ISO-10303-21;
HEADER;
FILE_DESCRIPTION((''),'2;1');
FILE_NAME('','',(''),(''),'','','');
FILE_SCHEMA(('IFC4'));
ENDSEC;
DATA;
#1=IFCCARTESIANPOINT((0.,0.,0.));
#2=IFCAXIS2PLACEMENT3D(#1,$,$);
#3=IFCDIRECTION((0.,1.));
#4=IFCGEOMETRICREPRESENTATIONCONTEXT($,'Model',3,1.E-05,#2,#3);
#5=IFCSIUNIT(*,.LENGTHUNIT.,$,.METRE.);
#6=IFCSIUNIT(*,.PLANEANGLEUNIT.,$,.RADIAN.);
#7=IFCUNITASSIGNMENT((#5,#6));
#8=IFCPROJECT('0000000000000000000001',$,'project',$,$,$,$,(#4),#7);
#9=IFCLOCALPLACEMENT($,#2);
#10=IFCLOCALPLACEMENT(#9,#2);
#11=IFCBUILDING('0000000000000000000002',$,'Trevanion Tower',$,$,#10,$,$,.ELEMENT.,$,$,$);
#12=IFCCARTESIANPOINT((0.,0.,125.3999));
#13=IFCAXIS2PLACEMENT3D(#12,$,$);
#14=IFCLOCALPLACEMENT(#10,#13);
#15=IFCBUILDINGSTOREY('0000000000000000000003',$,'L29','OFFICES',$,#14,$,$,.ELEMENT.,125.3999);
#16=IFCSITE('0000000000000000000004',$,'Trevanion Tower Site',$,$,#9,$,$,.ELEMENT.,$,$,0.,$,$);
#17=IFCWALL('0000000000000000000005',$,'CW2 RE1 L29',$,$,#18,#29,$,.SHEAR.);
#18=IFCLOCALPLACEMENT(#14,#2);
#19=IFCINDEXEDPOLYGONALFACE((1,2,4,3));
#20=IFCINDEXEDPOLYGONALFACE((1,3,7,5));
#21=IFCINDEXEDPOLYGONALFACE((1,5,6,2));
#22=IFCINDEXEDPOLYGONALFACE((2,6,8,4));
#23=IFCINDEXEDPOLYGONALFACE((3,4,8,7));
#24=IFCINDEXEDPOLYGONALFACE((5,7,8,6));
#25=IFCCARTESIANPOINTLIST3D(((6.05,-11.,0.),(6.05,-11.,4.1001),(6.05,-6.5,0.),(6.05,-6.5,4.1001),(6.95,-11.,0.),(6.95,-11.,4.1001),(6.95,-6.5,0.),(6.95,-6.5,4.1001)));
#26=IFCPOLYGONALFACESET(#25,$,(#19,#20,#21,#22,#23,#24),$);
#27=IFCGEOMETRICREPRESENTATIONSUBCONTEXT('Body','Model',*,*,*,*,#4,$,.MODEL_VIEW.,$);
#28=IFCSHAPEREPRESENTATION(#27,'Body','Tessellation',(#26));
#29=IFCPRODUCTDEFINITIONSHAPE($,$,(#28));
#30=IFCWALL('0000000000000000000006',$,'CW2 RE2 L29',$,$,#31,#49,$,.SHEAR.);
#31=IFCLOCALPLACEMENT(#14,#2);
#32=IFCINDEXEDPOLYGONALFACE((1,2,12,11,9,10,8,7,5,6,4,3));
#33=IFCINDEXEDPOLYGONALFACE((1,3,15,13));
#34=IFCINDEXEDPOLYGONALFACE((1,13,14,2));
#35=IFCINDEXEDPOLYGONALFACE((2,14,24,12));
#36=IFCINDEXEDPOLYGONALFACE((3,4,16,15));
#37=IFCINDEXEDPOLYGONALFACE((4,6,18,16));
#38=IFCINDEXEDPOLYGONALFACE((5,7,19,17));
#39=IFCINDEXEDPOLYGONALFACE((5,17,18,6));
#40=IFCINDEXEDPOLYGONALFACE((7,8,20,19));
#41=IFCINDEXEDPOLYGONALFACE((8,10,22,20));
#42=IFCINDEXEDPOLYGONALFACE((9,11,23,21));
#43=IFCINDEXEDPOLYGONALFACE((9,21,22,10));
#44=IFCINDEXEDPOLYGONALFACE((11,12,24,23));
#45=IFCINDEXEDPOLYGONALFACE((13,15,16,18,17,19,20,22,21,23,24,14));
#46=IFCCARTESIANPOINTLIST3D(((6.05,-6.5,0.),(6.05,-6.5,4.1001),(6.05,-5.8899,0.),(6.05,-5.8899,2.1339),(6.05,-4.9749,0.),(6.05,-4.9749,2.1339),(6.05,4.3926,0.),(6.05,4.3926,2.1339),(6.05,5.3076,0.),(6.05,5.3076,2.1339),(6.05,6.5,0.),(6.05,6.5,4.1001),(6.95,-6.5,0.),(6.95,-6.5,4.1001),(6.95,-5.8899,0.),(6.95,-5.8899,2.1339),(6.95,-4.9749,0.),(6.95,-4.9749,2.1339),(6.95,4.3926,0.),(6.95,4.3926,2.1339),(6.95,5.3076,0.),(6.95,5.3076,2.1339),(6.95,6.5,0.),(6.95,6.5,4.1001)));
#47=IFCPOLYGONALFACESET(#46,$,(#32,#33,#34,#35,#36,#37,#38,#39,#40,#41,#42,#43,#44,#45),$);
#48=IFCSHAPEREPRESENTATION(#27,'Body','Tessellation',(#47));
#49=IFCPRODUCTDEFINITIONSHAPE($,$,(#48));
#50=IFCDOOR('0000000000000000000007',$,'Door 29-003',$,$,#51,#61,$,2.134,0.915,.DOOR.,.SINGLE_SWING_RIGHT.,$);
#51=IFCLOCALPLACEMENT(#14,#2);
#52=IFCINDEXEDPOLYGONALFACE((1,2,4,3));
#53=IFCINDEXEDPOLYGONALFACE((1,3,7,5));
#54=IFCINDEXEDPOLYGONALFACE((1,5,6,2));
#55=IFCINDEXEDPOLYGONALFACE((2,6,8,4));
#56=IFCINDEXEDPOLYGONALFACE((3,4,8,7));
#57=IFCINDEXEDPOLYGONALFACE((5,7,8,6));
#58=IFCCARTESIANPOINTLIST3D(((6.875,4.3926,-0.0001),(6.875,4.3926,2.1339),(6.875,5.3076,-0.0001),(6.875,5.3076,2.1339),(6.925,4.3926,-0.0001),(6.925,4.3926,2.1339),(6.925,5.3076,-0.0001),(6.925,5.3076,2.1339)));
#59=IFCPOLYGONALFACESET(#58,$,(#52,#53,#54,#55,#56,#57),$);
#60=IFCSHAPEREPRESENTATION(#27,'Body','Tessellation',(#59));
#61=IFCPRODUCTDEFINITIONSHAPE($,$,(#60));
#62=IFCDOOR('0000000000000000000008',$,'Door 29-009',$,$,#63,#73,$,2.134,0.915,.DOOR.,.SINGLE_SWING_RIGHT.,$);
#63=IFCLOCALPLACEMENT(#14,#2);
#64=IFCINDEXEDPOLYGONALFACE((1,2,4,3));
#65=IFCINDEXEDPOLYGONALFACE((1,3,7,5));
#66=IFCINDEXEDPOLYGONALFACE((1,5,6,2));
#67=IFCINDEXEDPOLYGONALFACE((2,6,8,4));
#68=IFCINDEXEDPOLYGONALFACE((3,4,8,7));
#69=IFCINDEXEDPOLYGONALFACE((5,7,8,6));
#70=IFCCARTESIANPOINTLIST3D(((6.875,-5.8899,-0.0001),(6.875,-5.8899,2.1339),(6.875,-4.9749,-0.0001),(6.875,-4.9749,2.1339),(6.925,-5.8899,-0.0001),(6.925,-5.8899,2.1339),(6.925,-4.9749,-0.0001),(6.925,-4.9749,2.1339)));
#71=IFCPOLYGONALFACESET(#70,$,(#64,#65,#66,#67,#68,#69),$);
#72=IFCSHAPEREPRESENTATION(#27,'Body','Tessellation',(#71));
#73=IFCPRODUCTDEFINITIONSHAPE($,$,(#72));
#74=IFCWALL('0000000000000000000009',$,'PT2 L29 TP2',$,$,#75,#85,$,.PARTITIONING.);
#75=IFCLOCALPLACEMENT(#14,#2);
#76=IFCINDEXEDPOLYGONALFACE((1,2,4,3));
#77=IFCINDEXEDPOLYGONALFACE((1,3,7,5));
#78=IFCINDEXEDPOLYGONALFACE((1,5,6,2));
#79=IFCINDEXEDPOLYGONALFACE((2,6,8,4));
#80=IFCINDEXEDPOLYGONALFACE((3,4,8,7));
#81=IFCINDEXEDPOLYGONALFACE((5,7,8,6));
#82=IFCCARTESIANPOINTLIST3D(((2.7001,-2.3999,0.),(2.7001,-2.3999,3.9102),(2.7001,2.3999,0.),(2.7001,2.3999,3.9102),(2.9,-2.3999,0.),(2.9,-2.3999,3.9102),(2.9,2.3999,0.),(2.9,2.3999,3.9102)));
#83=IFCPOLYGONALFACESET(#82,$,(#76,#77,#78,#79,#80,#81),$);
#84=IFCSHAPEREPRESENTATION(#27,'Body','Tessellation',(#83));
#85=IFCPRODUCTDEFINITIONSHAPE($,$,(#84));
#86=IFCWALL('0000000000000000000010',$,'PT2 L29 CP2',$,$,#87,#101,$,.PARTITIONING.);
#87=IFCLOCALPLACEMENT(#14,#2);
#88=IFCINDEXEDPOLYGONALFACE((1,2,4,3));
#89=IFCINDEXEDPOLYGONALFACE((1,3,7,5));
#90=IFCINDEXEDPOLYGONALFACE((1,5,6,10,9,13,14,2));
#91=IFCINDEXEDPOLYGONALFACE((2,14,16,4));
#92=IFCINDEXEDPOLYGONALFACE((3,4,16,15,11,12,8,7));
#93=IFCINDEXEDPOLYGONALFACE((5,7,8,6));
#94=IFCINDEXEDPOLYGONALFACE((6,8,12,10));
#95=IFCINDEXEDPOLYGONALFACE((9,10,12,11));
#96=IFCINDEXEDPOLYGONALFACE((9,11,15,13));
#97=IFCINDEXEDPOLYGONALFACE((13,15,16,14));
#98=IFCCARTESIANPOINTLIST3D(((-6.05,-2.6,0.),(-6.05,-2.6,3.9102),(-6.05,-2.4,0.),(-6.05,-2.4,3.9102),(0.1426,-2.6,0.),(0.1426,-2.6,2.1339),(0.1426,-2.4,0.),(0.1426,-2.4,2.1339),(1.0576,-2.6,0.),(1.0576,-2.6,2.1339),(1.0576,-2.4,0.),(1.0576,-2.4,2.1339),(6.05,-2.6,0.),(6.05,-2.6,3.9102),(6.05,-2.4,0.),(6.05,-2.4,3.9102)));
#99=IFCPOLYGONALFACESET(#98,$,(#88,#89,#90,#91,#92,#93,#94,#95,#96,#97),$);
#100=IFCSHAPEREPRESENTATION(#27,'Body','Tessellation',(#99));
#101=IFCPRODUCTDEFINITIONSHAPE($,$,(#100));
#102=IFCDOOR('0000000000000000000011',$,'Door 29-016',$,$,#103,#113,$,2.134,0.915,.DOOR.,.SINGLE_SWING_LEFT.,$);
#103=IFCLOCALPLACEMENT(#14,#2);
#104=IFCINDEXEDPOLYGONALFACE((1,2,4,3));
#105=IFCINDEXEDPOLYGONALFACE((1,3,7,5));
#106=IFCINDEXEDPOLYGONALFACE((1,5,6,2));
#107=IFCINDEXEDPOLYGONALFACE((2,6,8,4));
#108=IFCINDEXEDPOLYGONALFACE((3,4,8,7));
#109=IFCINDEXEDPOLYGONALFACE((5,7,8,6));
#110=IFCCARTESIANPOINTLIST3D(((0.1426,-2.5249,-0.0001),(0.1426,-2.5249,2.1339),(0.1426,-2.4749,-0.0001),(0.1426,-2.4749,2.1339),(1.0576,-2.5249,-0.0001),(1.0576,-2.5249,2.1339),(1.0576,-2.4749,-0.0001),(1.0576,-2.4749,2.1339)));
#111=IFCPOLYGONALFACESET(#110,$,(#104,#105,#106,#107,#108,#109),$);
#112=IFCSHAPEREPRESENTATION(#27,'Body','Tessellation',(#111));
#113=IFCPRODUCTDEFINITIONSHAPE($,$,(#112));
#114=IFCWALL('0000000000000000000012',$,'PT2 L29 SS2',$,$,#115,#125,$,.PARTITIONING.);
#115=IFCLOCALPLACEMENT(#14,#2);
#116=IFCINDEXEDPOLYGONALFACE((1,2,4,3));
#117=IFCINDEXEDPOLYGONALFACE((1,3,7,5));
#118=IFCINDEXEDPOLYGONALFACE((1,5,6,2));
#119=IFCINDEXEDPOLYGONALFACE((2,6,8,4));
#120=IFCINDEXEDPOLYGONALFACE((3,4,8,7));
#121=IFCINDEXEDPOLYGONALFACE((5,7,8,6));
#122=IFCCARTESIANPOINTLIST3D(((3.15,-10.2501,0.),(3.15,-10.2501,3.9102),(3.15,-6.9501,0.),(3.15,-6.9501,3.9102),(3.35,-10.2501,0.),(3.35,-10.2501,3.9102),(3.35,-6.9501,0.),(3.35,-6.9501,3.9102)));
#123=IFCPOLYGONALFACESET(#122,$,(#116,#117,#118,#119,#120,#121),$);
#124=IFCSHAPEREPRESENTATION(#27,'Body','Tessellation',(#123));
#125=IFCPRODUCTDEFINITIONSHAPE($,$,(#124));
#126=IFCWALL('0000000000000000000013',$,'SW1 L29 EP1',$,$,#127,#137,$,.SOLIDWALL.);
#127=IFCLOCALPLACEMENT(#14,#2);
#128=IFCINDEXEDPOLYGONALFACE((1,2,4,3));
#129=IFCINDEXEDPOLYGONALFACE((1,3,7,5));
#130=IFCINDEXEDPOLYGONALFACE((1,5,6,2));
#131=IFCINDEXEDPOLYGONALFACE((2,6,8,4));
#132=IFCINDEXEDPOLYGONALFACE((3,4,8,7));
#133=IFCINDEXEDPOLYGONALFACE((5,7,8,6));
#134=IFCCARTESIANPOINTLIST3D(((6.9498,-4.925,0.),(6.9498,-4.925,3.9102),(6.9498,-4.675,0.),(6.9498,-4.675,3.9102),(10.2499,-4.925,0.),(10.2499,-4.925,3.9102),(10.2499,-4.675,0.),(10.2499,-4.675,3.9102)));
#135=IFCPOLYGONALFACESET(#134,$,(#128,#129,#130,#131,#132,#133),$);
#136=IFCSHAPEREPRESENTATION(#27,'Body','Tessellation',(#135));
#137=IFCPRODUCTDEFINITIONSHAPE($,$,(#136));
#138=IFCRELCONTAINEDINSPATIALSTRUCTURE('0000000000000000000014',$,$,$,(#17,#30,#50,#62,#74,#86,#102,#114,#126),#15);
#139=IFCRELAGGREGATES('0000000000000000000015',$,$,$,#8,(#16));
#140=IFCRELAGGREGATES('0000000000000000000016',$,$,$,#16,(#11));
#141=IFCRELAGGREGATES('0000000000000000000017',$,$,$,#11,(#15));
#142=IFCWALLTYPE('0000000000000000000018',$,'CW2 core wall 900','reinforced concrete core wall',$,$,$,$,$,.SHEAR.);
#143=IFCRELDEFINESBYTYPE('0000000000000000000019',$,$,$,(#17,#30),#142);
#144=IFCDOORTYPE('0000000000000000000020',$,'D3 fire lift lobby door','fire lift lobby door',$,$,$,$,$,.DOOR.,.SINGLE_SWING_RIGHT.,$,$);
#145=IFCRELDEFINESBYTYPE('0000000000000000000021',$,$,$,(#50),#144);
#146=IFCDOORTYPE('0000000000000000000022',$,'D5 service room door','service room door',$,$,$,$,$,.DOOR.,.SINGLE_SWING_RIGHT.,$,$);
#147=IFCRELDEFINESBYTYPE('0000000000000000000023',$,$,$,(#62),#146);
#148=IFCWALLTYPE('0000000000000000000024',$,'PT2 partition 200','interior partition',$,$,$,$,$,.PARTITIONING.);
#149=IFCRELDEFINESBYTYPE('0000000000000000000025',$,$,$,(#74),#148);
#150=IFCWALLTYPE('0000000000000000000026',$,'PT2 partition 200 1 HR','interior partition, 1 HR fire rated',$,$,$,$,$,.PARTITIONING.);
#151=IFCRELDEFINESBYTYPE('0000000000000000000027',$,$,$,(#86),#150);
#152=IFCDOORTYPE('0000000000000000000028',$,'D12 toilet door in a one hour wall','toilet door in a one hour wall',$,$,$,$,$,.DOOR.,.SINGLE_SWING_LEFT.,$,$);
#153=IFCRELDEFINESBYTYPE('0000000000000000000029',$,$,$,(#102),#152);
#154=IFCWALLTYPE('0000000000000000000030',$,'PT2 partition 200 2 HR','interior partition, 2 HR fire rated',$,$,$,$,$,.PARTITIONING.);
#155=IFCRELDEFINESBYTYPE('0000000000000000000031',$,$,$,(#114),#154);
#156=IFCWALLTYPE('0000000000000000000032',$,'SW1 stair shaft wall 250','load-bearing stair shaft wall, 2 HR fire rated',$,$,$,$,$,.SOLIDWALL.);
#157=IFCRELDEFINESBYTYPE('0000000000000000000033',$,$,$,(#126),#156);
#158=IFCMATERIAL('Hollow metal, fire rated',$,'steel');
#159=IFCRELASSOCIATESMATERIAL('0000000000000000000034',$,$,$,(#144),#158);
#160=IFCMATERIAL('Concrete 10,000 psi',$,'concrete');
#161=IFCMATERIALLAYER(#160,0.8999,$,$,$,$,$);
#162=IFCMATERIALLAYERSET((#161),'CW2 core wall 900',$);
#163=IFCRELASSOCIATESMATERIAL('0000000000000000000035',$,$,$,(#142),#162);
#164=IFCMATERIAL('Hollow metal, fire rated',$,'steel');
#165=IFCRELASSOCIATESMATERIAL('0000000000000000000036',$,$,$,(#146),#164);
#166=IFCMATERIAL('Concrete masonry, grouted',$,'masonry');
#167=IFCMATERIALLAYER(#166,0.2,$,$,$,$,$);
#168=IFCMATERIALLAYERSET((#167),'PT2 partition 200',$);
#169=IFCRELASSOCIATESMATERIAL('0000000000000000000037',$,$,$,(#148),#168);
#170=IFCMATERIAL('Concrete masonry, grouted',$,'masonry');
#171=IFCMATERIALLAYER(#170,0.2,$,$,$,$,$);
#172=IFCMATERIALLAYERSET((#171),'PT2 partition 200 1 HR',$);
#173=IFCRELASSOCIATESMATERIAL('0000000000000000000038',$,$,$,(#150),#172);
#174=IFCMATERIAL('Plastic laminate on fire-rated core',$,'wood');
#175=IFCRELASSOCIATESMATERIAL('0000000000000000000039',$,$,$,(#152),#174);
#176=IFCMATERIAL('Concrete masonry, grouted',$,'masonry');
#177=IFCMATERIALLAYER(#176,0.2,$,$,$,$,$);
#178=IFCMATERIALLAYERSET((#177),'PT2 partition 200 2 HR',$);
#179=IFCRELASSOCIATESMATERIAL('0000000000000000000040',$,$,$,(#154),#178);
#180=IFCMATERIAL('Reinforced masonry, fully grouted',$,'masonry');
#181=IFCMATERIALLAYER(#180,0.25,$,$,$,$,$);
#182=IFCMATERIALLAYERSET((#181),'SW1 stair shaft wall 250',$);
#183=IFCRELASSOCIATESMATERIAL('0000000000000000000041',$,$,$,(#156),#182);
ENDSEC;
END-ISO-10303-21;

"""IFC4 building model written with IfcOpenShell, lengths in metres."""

from ifc_helpers import new_model, si_unit, direction, frame, frame_2d, origin, place, context, subcontext, project, spatial, rectangle, extrude, material, layer, layer_set, type_object, element, fill, save


model = new_model("IFC4")

# Units and contexts
model_context = context("Model", 3, precision=1e-05, world=origin(), true_north=direction((0.0, 1.0)))
body_context = subcontext(model_context, "Body", "Model", "MODEL_VIEW")
ifc_project = project(units=[si_unit("LENGTHUNIT", "METRE"), si_unit("PLANEANGLEUNIT", "RADIAN")], contexts=[model_context])

# Site, building, storey
site_placement = place(None, origin())
site = spatial("IfcSite", under=ifc_project, at=site_placement, Name="Trevanion Tower Site", CompositionType="ELEMENT", RefElevation=0.0)
building_placement = place(site_placement, origin())
building = spatial("IfcBuilding", under=site, at=building_placement, Name="Trevanion Tower", CompositionType="ELEMENT")
storey_placement = place(building_placement, frame((0.0, 0.0, 125.3999)))
storey = spatial("IfcBuildingStorey", under=building, at=storey_placement, Name="L29", Description="OFFICES", CompositionType="ELEMENT", Elevation=125.3999)

# Shared definitions
ifc_material_1 = material(Name="Hollow metal, fire rated", Category="steel")
door_type_1 = type_object("IfcDoorType", Name="D3 fire lift lobby door", Description="fire lift lobby door", OperationType="SINGLE_SWING_RIGHT", PredefinedType="DOOR", material=ifc_material_1)

# Wall
ifc_material_2 = material(Name="Concrete 10,000 psi", Category="concrete")
ifc_layer_1 = layer(ifc_material_2, 0.8999)
ifc_layer_set_1 = layer_set([ifc_layer_1], Name="CW2 core wall 900")
wall_type_1 = type_object("IfcWallType", Name="CW2 core wall 900", Description="reinforced concrete core wall", PredefinedType="SHEAR", material=ifc_layer_set_1)
wall_1_placement = place(storey_placement, frame((6.5, -11.0, 0.0), z_axis=(0.0, 0.0, 1.0), x_axis=(0.0, 1.0, 0.0)))
element("IfcWall", 1, at=wall_1_placement, inside=storey, type_object=wall_type_1, Name="CW2 RE1 L29", PredefinedType="SHEAR", context=body_context, shape_type="SweptSolid", body=[
    extrude(rectangle(XDim=4.5, YDim=0.8999, at=frame_2d((2.25, 0.0))), origin(), (0.0, 0.0, 1.0), 4.1001),
])

# Wall, openings, doors
wall_2_placement = place(storey_placement, frame((6.5, -6.5, 0.0), z_axis=(0.0, 0.0, 1.0), x_axis=(0.0, 1.0, 0.0)))
wall_2 = element("IfcWall", 2, at=wall_2_placement, inside=storey, type_object=wall_type_1, Name="CW2 RE2 L29", PredefinedType="SHEAR", context=body_context, shape_type="SweptSolid", body=[
    extrude(rectangle(XDim=13.0, YDim=0.8999, at=frame_2d((6.5, 0.0))), origin(), (0.0, 0.0, 1.0), 4.1001),
])
opening_1_placement = place(wall_2_placement, frame((10.8926, 0.0, 0.0)))
opening_1 = element("IfcOpeningElement", 3, at=opening_1_placement, cuts=wall_2, PredefinedType="OPENING", context=body_context, shape_type="SweptSolid", body=[
    extrude(rectangle(XDim=0.915, YDim=2.134, at=frame_2d((0.4575, 1.0669))), frame((0.0, 0.46, 0.0), z_axis=(0.0, -1.0, 0.0), x_axis=(1.0, 0.0, 0.0)), (0.0, 0.0, 1.0), 0.9199),
])
opening_2_placement = place(wall_2_placement, frame((0.6101, 0.0, 0.0)))
opening_2 = element("IfcOpeningElement", 4, at=opening_2_placement, cuts=wall_2, PredefinedType="OPENING", context=body_context, shape_type="SweptSolid", body=[
    extrude(rectangle(XDim=0.915, YDim=2.134, at=frame_2d((0.4575, 1.0669))), frame((0.0, 0.46, 0.0), z_axis=(0.0, -1.0, 0.0), x_axis=(1.0, 0.0, 0.0)), (0.0, 0.0, 1.0), 0.9199),
])
door_1_placement = place(opening_1_placement, origin())
door_1 = element("IfcDoor", 5, at=door_1_placement, inside=storey, type_object=door_type_1, Name="Door 29-003", OperationType="SINGLE_SWING_RIGHT", OverallHeight=2.134, OverallWidth=0.915, PredefinedType="DOOR", context=body_context, shape_type="SweptSolid", body=[
    extrude(rectangle(XDim=0.915, YDim=2.134, at=frame_2d((0.4575, 1.0669))), frame((0.0, -0.375, 0.0), z_axis=(0.0, -1.0, 0.0), x_axis=(1.0, 0.0, 0.0)), (0.0, 0.0, 1.0), 0.05),
])
fill(opening_1, door_1)
ifc_material_3 = material(Name="Hollow metal, fire rated", Category="steel")
door_type_2 = type_object("IfcDoorType", Name="D5 service room door", Description="service room door", OperationType="SINGLE_SWING_RIGHT", PredefinedType="DOOR", material=ifc_material_3)
door_2_placement = place(opening_2_placement, origin())
door_2 = element("IfcDoor", 6, at=door_2_placement, inside=storey, type_object=door_type_2, Name="Door 29-009", OperationType="SINGLE_SWING_RIGHT", OverallHeight=2.134, OverallWidth=0.915, PredefinedType="DOOR", context=body_context, shape_type="SweptSolid", body=[
    extrude(rectangle(XDim=0.915, YDim=2.134, at=frame_2d((0.4575, 1.0669))), frame((0.0, -0.375, 0.0), z_axis=(0.0, -1.0, 0.0), x_axis=(1.0, 0.0, 0.0)), (0.0, 0.0, 1.0), 0.05),
])
fill(opening_2, door_2)

# Wall
ifc_material_4 = material(Name="Concrete masonry, grouted", Category="masonry")
ifc_layer_2 = layer(ifc_material_4, 0.2)
ifc_layer_set_2 = layer_set([ifc_layer_2], Name="PT2 partition 200")
wall_type_2 = type_object("IfcWallType", Name="PT2 partition 200", Description="interior partition", PredefinedType="PARTITIONING", material=ifc_layer_set_2)
wall_3_placement = place(storey_placement, frame((2.8, -2.3999, 0.0), z_axis=(0.0, 0.0, 1.0), x_axis=(0.0, 1.0, 0.0)))
element("IfcWall", 7, at=wall_3_placement, inside=storey, type_object=wall_type_2, Name="PT2 L29 TP2", PredefinedType="PARTITIONING", context=body_context, shape_type="SweptSolid", body=[
    extrude(rectangle(XDim=4.7998, YDim=0.2, at=frame_2d((2.3999, 0.0))), origin(), (0.0, 0.0, 1.0), 3.9102),
])

# Wall, opening, door
ifc_material_5 = material(Name="Concrete masonry, grouted", Category="masonry")
ifc_layer_3 = layer(ifc_material_5, 0.2)
ifc_layer_set_3 = layer_set([ifc_layer_3], Name="PT2 partition 200 1 HR")
wall_type_3 = type_object("IfcWallType", Name="PT2 partition 200 1 HR", Description="interior partition, 1 HR fire rated", PredefinedType="PARTITIONING", material=ifc_layer_set_3)
wall_4_placement = place(storey_placement, frame((6.05, -2.5, 0.0), z_axis=(0.0, 0.0, 1.0), x_axis=(-1.0, 0.0, 0.0)))
wall_4 = element("IfcWall", 8, at=wall_4_placement, inside=storey, type_object=wall_type_3, Name="PT2 L29 CP2", PredefinedType="PARTITIONING", context=body_context, shape_type="SweptSolid", body=[
    extrude(rectangle(XDim=12.1001, YDim=0.2, at=frame_2d((6.05, 0.0))), origin(), (0.0, 0.0, 1.0), 3.9102),
])
opening_3_placement = place(wall_4_placement, frame((4.9924, 0.0, 0.0)))
opening_3 = element("IfcOpeningElement", 9, at=opening_3_placement, cuts=wall_4, PredefinedType="OPENING", context=body_context, shape_type="SweptSolid", body=[
    extrude(rectangle(XDim=0.915, YDim=2.134, at=frame_2d((0.4575, 1.0669))), frame((0.0, 0.1099, 0.0), z_axis=(0.0, -1.0, 0.0), x_axis=(1.0, 0.0, 0.0)), (0.0, 0.0, 1.0), 0.22),
])
ifc_material_6 = material(Name="Plastic laminate on fire-rated core", Category="wood")
door_type_3 = type_object("IfcDoorType", Name="D12 toilet door in a one hour wall", Description="toilet door in a one hour wall", OperationType="SINGLE_SWING_LEFT", PredefinedType="DOOR", material=ifc_material_6)
door_3_placement = place(opening_3_placement, origin())
door_3 = element("IfcDoor", 10, at=door_3_placement, inside=storey, type_object=door_type_3, Name="Door 29-016", OperationType="SINGLE_SWING_LEFT", OverallHeight=2.134, OverallWidth=0.915, PredefinedType="DOOR", context=body_context, shape_type="SweptSolid", body=[
    extrude(rectangle(XDim=0.915, YDim=2.134, at=frame_2d((0.4575, 1.0669))), frame((0.0, 0.0249, 0.0), z_axis=(0.0, -1.0, 0.0), x_axis=(1.0, 0.0, 0.0)), (0.0, 0.0, 1.0), 0.05),
])
fill(opening_3, door_3)

# Walls
ifc_material_7 = material(Name="Concrete masonry, grouted", Category="masonry")
ifc_layer_4 = layer(ifc_material_7, 0.2)
ifc_layer_set_4 = layer_set([ifc_layer_4], Name="PT2 partition 200 2 HR")
wall_type_4 = type_object("IfcWallType", Name="PT2 partition 200 2 HR", Description="interior partition, 2 HR fire rated", PredefinedType="PARTITIONING", material=ifc_layer_set_4)
wall_5_placement = place(storey_placement, frame((3.25, -10.25, 0.0), z_axis=(0.0, 0.0, 1.0), x_axis=(0.0, 1.0, 0.0)))
element("IfcWall", 11, at=wall_5_placement, inside=storey, type_object=wall_type_4, Name="PT2 L29 SS2", PredefinedType="PARTITIONING", context=body_context, shape_type="SweptSolid", body=[
    extrude(rectangle(XDim=3.3, YDim=0.2, at=frame_2d((1.6499, 0.0))), origin(), (0.0, 0.0, 1.0), 3.9102),
])
ifc_material_8 = material(Name="Reinforced masonry, fully grouted", Category="masonry")
ifc_layer_5 = layer(ifc_material_8, 0.25)
ifc_layer_set_5 = layer_set([ifc_layer_5], Name="SW1 stair shaft wall 250")
wall_type_5 = type_object("IfcWallType", Name="SW1 stair shaft wall 250", Description="load-bearing stair shaft wall, 2 HR fire rated", PredefinedType="SOLIDWALL", material=ifc_layer_set_5)
wall_6_placement = place(storey_placement, frame((6.95, -4.8, 0.0), z_axis=(0.0, 0.0, 1.0), x_axis=(1.0, 0.0, 0.0)))
element("IfcWall", 12, at=wall_6_placement, inside=storey, type_object=wall_type_5, Name="SW1 L29 EP1", PredefinedType="SOLIDWALL", context=body_context, shape_type="SweptSolid", body=[
    extrude(rectangle(XDim=3.3, YDim=0.25, at=frame_2d((1.6499, 0.0))), origin(), (0.0, 0.0, 1.0), 3.9102),
])

save(model, "model.ifc")
